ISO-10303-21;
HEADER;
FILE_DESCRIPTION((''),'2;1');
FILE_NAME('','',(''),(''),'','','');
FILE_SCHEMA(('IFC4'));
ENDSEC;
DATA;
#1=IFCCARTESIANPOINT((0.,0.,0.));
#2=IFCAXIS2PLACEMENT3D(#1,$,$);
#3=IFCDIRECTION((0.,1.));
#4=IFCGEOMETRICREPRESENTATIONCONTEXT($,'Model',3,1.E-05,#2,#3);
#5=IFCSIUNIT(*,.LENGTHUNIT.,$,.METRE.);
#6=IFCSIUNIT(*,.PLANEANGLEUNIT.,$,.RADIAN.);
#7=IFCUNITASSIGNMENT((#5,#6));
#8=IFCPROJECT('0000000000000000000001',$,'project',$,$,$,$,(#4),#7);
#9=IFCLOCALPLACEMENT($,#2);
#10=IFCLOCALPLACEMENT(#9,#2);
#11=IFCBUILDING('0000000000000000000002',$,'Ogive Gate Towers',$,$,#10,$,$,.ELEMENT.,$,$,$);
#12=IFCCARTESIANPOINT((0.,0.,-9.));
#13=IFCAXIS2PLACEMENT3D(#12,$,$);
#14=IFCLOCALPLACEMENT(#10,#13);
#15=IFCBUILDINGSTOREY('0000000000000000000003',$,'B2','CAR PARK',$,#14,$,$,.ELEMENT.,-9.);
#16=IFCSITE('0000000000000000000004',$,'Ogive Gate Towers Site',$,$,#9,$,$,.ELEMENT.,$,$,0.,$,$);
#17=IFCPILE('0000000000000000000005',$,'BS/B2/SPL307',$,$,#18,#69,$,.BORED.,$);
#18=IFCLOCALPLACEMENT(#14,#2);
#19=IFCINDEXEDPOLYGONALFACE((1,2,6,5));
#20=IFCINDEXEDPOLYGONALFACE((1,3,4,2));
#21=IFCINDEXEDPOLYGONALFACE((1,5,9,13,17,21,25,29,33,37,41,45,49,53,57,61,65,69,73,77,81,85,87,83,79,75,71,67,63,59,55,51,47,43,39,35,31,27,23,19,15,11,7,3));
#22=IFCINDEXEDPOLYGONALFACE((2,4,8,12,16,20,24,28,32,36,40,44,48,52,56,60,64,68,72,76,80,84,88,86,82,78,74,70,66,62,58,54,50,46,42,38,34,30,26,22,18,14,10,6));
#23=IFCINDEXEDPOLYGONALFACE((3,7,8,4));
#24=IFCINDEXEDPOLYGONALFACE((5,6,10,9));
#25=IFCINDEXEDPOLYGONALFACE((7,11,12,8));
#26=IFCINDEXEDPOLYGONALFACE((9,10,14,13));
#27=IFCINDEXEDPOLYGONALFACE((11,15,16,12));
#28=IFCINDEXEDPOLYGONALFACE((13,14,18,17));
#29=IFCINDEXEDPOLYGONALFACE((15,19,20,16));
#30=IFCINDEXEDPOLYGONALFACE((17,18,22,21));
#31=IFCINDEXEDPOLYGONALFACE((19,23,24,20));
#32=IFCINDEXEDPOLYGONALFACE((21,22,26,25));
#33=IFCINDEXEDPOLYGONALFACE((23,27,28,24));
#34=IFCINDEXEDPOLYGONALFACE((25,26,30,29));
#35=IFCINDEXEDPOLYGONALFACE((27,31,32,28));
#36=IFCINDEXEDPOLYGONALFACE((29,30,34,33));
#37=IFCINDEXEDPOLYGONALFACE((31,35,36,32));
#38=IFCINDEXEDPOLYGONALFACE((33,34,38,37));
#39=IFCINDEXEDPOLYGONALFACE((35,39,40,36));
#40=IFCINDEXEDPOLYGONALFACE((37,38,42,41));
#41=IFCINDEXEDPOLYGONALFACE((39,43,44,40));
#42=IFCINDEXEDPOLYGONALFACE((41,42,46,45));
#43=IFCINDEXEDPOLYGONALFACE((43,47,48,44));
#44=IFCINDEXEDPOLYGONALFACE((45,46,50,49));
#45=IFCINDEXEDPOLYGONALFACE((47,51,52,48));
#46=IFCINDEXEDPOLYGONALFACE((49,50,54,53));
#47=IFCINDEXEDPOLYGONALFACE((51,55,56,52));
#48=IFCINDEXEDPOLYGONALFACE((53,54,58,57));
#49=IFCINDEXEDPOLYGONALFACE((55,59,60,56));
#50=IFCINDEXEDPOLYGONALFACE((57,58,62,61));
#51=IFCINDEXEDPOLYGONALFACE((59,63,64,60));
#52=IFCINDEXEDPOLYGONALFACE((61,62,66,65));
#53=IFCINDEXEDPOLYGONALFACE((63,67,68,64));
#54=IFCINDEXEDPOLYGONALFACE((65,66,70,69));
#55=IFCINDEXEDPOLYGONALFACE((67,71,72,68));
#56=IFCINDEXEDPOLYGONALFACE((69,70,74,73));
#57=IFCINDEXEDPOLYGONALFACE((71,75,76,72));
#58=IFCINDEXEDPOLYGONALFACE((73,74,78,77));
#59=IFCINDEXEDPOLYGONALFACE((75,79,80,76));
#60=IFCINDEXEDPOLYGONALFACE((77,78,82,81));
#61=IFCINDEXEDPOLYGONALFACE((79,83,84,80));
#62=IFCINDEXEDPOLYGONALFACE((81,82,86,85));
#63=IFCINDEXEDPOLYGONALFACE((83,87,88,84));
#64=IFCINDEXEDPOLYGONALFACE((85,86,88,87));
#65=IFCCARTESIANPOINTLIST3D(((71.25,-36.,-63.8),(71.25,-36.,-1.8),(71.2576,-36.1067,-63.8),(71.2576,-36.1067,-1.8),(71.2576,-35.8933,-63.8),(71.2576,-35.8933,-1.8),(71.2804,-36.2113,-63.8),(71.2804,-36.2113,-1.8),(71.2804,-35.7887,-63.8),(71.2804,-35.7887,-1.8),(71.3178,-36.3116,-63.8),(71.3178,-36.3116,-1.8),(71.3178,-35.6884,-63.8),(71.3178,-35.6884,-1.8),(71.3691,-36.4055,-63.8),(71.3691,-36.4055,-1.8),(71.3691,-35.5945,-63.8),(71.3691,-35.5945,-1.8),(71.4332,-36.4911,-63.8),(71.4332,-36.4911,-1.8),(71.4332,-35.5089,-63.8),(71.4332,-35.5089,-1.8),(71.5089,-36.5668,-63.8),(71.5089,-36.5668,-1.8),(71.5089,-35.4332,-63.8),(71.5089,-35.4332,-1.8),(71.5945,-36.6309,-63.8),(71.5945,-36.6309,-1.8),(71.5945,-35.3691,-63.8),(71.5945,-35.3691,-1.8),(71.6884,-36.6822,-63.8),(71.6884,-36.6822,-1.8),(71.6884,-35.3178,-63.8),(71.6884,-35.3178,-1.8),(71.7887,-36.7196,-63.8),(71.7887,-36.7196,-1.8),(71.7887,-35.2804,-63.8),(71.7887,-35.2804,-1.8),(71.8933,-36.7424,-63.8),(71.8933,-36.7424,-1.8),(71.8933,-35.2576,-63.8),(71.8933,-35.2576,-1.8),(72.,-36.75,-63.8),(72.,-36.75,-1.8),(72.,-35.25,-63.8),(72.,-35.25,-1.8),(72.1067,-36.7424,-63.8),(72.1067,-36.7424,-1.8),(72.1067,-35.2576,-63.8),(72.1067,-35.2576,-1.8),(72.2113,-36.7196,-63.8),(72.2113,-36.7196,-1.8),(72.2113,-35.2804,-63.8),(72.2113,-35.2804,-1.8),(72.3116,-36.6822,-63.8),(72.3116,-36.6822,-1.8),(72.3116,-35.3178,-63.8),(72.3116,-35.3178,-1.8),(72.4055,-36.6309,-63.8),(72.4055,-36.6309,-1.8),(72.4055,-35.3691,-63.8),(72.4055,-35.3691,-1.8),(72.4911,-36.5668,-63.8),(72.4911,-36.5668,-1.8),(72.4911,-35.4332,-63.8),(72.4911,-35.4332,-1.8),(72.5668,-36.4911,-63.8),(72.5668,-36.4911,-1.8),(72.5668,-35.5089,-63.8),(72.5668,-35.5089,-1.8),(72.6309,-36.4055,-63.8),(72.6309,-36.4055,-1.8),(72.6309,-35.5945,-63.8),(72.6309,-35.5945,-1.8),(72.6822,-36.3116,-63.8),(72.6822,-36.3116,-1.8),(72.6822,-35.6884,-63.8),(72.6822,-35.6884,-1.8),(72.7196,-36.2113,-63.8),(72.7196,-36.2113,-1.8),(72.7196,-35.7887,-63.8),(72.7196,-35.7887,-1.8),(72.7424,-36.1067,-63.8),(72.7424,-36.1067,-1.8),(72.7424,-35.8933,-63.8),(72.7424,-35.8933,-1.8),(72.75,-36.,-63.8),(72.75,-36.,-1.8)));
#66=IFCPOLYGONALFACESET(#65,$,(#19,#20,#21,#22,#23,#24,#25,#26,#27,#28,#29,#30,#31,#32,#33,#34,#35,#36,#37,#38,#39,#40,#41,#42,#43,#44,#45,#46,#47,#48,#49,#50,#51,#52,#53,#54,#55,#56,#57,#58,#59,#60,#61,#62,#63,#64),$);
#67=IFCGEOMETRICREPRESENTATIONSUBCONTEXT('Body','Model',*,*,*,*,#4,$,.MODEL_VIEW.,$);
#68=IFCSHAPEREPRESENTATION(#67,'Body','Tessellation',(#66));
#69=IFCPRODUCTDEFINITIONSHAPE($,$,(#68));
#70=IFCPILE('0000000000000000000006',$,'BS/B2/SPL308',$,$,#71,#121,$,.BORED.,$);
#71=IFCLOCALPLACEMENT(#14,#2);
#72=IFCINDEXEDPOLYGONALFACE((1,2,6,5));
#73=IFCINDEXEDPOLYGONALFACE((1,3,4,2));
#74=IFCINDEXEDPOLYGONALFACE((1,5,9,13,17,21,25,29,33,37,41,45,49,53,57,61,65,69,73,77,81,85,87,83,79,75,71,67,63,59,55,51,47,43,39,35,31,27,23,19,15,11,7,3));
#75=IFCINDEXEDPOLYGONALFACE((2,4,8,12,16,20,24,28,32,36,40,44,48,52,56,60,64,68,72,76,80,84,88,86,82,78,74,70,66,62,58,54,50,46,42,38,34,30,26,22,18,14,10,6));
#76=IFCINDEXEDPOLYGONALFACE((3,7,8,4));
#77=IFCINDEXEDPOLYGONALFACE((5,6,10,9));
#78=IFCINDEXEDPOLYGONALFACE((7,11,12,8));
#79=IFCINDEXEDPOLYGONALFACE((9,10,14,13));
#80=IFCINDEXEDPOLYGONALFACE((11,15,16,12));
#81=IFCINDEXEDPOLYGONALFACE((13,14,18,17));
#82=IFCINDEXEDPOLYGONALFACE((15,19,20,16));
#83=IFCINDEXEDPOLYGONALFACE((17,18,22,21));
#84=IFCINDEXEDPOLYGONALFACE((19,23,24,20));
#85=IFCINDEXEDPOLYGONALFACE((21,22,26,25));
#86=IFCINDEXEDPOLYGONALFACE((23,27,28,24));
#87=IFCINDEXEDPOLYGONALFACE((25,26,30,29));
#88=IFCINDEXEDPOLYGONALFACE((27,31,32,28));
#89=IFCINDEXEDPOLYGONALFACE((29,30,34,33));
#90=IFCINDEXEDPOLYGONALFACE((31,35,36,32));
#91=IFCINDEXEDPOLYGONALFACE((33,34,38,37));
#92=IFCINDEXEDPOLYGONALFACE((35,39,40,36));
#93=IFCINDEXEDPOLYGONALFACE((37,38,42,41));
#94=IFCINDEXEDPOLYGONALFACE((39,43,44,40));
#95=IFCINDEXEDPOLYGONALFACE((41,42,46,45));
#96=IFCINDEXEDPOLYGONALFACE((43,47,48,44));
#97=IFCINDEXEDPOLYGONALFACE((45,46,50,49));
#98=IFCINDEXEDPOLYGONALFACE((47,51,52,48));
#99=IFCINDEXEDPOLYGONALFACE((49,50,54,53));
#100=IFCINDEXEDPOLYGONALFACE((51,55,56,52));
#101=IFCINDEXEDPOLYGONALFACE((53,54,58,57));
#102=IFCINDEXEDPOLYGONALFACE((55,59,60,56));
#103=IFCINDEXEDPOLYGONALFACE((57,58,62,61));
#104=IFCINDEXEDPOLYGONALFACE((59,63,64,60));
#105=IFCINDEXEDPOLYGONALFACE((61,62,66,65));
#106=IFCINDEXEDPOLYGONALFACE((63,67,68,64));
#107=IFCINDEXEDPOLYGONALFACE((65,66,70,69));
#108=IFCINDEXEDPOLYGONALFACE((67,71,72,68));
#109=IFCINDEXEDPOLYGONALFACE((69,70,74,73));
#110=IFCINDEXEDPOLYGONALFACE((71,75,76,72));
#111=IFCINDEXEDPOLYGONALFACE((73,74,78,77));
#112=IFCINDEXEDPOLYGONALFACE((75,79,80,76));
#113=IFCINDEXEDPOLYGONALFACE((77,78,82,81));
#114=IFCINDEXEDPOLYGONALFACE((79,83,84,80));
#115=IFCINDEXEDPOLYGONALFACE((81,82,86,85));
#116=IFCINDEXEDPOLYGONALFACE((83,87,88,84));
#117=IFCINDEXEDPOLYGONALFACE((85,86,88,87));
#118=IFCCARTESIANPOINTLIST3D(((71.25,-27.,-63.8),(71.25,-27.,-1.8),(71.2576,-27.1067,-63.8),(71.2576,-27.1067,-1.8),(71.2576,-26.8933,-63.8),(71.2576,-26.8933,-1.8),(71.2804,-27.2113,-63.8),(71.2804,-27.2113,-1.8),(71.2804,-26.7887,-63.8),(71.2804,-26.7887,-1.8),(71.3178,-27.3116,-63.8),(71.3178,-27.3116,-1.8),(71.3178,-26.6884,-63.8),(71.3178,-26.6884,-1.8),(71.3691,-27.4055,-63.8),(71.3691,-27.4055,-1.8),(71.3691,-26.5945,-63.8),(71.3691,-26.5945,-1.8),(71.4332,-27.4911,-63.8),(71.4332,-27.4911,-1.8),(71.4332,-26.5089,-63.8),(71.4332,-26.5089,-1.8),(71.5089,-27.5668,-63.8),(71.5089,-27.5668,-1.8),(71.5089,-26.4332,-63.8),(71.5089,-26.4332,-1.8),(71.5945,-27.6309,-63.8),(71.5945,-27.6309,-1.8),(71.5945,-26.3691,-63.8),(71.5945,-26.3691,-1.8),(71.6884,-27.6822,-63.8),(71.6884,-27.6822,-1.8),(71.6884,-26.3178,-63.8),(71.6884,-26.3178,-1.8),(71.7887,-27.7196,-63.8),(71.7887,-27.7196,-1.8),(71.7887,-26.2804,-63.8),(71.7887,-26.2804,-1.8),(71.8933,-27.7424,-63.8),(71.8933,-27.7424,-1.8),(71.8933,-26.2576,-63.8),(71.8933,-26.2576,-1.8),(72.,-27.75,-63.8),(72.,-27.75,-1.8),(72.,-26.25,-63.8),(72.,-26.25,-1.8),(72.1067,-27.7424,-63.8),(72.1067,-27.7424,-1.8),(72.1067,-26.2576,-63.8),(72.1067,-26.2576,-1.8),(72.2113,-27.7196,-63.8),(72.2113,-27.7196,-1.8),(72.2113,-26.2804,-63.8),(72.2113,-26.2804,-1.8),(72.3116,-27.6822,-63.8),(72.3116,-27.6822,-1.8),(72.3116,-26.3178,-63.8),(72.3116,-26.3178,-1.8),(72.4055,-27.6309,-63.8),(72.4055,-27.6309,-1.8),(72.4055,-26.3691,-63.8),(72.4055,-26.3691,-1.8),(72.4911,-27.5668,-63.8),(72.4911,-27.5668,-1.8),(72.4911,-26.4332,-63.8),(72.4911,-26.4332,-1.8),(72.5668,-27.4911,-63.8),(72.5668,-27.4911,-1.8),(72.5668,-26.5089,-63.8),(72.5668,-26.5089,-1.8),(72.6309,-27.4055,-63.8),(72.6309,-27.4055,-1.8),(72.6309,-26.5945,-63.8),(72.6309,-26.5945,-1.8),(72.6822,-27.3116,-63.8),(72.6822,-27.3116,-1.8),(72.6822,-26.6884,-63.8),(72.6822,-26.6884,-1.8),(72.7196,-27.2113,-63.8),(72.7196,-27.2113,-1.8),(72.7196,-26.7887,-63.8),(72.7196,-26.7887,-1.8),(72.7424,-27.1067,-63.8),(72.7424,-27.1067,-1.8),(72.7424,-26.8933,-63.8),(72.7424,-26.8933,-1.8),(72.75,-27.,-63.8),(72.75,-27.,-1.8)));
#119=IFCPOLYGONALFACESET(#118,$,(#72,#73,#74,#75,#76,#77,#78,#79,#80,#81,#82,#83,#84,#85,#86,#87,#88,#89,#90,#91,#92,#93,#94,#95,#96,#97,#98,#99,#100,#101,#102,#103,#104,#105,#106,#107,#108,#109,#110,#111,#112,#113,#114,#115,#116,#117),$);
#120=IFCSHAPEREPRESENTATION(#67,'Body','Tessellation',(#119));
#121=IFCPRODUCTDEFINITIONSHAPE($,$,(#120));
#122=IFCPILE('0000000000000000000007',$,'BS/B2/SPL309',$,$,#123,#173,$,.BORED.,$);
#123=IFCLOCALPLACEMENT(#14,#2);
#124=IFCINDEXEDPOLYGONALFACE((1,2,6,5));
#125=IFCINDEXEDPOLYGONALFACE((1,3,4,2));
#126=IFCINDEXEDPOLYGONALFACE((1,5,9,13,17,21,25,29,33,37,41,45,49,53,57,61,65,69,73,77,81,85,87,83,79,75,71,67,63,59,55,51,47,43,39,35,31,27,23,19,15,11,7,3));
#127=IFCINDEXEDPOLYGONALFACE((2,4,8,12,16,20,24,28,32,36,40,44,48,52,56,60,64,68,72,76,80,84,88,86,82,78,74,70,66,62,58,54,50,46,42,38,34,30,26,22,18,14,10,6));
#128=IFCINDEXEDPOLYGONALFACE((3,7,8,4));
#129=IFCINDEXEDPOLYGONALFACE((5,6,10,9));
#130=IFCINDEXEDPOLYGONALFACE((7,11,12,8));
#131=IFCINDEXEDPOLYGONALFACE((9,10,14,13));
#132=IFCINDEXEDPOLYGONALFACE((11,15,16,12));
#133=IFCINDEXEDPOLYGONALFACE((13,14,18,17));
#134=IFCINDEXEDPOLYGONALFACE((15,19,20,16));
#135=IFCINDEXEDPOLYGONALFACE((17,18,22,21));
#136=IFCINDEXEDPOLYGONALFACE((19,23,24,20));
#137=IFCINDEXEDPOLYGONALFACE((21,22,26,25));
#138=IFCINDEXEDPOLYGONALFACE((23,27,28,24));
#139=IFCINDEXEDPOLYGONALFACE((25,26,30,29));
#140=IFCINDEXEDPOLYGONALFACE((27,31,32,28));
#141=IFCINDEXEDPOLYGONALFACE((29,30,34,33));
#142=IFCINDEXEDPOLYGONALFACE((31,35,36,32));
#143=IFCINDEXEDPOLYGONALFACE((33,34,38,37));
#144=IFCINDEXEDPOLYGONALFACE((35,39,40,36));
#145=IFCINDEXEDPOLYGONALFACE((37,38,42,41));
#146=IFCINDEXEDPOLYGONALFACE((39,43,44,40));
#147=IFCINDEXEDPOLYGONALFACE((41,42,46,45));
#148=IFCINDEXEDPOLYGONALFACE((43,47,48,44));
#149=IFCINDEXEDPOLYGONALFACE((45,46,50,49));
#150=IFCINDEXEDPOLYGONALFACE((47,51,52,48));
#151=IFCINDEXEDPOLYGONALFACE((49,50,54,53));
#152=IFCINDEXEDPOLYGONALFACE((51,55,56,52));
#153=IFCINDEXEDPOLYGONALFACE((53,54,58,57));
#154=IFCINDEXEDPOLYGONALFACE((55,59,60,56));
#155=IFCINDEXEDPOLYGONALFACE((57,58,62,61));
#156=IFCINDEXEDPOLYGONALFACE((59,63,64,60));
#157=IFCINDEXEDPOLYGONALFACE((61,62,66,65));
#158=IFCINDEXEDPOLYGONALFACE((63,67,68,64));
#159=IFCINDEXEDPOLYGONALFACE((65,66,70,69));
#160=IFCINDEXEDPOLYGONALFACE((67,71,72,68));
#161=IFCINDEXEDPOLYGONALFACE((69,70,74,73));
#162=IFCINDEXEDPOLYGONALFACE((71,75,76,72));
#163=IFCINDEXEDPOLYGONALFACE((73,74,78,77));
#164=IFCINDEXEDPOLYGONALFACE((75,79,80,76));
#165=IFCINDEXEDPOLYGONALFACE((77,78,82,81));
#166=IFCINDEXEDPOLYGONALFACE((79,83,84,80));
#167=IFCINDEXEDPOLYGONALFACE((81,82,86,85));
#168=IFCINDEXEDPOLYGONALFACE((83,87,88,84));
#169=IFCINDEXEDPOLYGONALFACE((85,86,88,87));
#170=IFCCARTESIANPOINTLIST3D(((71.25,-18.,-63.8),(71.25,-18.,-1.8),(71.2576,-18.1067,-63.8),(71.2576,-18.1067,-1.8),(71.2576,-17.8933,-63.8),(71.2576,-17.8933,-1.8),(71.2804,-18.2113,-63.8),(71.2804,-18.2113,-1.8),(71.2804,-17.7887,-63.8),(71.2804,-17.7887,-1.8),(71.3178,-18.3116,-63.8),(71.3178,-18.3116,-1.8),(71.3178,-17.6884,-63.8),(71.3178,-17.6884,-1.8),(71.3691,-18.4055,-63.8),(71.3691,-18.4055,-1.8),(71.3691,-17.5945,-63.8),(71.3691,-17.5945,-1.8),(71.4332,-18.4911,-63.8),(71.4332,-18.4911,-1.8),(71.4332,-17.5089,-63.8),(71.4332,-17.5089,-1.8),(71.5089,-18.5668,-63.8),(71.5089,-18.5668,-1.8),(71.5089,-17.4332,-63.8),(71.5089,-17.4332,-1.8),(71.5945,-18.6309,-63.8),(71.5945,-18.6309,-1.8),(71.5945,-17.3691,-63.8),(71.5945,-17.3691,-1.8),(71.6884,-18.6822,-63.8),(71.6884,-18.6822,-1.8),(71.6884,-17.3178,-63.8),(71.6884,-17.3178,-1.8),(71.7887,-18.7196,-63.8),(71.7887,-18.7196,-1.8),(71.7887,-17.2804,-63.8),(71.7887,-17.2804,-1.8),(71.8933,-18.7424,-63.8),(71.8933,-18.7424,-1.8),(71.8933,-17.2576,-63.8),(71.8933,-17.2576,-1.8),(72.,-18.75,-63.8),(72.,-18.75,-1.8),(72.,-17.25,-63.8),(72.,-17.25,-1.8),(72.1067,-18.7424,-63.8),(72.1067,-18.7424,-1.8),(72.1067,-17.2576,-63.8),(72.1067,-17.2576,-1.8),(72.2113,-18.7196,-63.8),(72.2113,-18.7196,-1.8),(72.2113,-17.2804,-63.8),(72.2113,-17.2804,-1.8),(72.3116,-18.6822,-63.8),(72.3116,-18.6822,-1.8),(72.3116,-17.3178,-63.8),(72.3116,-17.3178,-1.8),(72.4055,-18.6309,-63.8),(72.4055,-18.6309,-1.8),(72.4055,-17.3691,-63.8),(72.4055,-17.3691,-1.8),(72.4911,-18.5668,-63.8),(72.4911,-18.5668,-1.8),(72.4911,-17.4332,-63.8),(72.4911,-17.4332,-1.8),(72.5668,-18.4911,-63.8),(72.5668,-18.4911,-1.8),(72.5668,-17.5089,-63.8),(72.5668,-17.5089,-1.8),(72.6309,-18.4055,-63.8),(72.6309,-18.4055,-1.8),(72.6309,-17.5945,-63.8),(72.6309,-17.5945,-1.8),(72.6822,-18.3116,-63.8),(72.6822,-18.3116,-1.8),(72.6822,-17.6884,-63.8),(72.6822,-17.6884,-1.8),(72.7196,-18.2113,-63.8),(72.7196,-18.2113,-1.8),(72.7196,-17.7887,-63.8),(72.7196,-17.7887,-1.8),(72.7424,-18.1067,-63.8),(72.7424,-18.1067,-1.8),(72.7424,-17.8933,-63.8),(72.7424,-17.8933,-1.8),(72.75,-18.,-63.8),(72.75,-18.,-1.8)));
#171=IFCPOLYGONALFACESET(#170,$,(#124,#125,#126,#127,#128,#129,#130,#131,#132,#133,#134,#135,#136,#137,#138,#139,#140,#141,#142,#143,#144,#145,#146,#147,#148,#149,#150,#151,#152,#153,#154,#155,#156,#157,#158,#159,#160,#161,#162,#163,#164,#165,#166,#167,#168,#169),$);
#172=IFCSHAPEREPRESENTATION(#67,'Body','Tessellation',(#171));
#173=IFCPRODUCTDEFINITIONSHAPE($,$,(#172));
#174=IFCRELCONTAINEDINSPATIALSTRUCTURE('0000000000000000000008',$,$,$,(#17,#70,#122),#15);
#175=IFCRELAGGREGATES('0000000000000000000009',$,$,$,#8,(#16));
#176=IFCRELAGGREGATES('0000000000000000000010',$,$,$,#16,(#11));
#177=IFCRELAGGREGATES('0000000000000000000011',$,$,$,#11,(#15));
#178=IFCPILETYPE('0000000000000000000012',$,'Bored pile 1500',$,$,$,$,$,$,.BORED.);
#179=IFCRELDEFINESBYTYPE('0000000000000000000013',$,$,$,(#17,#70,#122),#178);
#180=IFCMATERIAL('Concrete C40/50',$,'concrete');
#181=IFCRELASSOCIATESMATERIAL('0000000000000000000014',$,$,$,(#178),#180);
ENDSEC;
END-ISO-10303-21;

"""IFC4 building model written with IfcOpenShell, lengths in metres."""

from ifc_helpers import new_model, si_unit, direction, frame, origin, origin_2d, place, context, subcontext, project, spatial, circle, extrude, material, material_profile, profile_set, type_object, element, save


model = new_model("IFC4")

# Units and contexts
model_context = context("Model", 3, precision=1e-05, world=origin(), true_north=direction((0.0, 1.0)))
body_context = subcontext(model_context, "Body", "Model", "MODEL_VIEW")
ifc_project = project(units=[si_unit("LENGTHUNIT", "METRE"), si_unit("PLANEANGLEUNIT", "RADIAN")], contexts=[model_context])

# Site, building, storey
site_placement = place(None, origin())
site = spatial("IfcSite", under=ifc_project, at=site_placement, Name="Ogive Gate Towers Site", CompositionType="ELEMENT", RefElevation=0.0)
building_placement = place(site_placement, origin())
building = spatial("IfcBuilding", under=site, at=building_placement, Name="Ogive Gate Towers", CompositionType="ELEMENT")
storey_placement = place(building_placement, frame((0.0, 0.0, -9.0)))
storey = spatial("IfcBuildingStorey", under=building, at=storey_placement, Name="B2", Description="CAR PARK", CompositionType="ELEMENT", Elevation=-9.0)

# Piles
ifc_material_1 = material(Name="Concrete C40/50", Category="concrete")
ifc_material_profile_1 = material_profile(ifc_material_1, circle(Radius=0.75, at=origin_2d()), Name="BP 1500")
ifc_profile_set_1 = profile_set([ifc_material_profile_1], Name="Concrete C40/50")
pile_type = type_object("IfcPileType", Name="Bored pile 1500", PredefinedType="BORED", material=ifc_profile_set_1)
for number, where, z_axis, x_axis, name in (
    (1, (72.0, -36.0, -1.8), (0.0, 0.0, -1.0), (1.0, 0.0, 0.0), "BS/B2/SPL307"),
    (2, (72.0, -27.0, -1.8), (0.0, 0.0, -1.0), (1.0, 0.0, 0.0), "BS/B2/SPL308"),
    (3, (72.0, -18.0, -1.8), (0.0, 0.0, -1.0), (1.0, 0.0, 0.0), "BS/B2/SPL309"),
):
    element("IfcPile", number, at=place(storey_placement, frame(where, z_axis=z_axis, x_axis=x_axis)), inside=storey, type_object=pile_type, Name=name, PredefinedType="BORED", context=body_context, shape_type="SweptSolid", body=[
        extrude(circle(Radius=0.75, at=origin_2d()), origin(), (0.0, 0.0, 1.0), 62.0),
    ])

save(model, "model.ifc")
